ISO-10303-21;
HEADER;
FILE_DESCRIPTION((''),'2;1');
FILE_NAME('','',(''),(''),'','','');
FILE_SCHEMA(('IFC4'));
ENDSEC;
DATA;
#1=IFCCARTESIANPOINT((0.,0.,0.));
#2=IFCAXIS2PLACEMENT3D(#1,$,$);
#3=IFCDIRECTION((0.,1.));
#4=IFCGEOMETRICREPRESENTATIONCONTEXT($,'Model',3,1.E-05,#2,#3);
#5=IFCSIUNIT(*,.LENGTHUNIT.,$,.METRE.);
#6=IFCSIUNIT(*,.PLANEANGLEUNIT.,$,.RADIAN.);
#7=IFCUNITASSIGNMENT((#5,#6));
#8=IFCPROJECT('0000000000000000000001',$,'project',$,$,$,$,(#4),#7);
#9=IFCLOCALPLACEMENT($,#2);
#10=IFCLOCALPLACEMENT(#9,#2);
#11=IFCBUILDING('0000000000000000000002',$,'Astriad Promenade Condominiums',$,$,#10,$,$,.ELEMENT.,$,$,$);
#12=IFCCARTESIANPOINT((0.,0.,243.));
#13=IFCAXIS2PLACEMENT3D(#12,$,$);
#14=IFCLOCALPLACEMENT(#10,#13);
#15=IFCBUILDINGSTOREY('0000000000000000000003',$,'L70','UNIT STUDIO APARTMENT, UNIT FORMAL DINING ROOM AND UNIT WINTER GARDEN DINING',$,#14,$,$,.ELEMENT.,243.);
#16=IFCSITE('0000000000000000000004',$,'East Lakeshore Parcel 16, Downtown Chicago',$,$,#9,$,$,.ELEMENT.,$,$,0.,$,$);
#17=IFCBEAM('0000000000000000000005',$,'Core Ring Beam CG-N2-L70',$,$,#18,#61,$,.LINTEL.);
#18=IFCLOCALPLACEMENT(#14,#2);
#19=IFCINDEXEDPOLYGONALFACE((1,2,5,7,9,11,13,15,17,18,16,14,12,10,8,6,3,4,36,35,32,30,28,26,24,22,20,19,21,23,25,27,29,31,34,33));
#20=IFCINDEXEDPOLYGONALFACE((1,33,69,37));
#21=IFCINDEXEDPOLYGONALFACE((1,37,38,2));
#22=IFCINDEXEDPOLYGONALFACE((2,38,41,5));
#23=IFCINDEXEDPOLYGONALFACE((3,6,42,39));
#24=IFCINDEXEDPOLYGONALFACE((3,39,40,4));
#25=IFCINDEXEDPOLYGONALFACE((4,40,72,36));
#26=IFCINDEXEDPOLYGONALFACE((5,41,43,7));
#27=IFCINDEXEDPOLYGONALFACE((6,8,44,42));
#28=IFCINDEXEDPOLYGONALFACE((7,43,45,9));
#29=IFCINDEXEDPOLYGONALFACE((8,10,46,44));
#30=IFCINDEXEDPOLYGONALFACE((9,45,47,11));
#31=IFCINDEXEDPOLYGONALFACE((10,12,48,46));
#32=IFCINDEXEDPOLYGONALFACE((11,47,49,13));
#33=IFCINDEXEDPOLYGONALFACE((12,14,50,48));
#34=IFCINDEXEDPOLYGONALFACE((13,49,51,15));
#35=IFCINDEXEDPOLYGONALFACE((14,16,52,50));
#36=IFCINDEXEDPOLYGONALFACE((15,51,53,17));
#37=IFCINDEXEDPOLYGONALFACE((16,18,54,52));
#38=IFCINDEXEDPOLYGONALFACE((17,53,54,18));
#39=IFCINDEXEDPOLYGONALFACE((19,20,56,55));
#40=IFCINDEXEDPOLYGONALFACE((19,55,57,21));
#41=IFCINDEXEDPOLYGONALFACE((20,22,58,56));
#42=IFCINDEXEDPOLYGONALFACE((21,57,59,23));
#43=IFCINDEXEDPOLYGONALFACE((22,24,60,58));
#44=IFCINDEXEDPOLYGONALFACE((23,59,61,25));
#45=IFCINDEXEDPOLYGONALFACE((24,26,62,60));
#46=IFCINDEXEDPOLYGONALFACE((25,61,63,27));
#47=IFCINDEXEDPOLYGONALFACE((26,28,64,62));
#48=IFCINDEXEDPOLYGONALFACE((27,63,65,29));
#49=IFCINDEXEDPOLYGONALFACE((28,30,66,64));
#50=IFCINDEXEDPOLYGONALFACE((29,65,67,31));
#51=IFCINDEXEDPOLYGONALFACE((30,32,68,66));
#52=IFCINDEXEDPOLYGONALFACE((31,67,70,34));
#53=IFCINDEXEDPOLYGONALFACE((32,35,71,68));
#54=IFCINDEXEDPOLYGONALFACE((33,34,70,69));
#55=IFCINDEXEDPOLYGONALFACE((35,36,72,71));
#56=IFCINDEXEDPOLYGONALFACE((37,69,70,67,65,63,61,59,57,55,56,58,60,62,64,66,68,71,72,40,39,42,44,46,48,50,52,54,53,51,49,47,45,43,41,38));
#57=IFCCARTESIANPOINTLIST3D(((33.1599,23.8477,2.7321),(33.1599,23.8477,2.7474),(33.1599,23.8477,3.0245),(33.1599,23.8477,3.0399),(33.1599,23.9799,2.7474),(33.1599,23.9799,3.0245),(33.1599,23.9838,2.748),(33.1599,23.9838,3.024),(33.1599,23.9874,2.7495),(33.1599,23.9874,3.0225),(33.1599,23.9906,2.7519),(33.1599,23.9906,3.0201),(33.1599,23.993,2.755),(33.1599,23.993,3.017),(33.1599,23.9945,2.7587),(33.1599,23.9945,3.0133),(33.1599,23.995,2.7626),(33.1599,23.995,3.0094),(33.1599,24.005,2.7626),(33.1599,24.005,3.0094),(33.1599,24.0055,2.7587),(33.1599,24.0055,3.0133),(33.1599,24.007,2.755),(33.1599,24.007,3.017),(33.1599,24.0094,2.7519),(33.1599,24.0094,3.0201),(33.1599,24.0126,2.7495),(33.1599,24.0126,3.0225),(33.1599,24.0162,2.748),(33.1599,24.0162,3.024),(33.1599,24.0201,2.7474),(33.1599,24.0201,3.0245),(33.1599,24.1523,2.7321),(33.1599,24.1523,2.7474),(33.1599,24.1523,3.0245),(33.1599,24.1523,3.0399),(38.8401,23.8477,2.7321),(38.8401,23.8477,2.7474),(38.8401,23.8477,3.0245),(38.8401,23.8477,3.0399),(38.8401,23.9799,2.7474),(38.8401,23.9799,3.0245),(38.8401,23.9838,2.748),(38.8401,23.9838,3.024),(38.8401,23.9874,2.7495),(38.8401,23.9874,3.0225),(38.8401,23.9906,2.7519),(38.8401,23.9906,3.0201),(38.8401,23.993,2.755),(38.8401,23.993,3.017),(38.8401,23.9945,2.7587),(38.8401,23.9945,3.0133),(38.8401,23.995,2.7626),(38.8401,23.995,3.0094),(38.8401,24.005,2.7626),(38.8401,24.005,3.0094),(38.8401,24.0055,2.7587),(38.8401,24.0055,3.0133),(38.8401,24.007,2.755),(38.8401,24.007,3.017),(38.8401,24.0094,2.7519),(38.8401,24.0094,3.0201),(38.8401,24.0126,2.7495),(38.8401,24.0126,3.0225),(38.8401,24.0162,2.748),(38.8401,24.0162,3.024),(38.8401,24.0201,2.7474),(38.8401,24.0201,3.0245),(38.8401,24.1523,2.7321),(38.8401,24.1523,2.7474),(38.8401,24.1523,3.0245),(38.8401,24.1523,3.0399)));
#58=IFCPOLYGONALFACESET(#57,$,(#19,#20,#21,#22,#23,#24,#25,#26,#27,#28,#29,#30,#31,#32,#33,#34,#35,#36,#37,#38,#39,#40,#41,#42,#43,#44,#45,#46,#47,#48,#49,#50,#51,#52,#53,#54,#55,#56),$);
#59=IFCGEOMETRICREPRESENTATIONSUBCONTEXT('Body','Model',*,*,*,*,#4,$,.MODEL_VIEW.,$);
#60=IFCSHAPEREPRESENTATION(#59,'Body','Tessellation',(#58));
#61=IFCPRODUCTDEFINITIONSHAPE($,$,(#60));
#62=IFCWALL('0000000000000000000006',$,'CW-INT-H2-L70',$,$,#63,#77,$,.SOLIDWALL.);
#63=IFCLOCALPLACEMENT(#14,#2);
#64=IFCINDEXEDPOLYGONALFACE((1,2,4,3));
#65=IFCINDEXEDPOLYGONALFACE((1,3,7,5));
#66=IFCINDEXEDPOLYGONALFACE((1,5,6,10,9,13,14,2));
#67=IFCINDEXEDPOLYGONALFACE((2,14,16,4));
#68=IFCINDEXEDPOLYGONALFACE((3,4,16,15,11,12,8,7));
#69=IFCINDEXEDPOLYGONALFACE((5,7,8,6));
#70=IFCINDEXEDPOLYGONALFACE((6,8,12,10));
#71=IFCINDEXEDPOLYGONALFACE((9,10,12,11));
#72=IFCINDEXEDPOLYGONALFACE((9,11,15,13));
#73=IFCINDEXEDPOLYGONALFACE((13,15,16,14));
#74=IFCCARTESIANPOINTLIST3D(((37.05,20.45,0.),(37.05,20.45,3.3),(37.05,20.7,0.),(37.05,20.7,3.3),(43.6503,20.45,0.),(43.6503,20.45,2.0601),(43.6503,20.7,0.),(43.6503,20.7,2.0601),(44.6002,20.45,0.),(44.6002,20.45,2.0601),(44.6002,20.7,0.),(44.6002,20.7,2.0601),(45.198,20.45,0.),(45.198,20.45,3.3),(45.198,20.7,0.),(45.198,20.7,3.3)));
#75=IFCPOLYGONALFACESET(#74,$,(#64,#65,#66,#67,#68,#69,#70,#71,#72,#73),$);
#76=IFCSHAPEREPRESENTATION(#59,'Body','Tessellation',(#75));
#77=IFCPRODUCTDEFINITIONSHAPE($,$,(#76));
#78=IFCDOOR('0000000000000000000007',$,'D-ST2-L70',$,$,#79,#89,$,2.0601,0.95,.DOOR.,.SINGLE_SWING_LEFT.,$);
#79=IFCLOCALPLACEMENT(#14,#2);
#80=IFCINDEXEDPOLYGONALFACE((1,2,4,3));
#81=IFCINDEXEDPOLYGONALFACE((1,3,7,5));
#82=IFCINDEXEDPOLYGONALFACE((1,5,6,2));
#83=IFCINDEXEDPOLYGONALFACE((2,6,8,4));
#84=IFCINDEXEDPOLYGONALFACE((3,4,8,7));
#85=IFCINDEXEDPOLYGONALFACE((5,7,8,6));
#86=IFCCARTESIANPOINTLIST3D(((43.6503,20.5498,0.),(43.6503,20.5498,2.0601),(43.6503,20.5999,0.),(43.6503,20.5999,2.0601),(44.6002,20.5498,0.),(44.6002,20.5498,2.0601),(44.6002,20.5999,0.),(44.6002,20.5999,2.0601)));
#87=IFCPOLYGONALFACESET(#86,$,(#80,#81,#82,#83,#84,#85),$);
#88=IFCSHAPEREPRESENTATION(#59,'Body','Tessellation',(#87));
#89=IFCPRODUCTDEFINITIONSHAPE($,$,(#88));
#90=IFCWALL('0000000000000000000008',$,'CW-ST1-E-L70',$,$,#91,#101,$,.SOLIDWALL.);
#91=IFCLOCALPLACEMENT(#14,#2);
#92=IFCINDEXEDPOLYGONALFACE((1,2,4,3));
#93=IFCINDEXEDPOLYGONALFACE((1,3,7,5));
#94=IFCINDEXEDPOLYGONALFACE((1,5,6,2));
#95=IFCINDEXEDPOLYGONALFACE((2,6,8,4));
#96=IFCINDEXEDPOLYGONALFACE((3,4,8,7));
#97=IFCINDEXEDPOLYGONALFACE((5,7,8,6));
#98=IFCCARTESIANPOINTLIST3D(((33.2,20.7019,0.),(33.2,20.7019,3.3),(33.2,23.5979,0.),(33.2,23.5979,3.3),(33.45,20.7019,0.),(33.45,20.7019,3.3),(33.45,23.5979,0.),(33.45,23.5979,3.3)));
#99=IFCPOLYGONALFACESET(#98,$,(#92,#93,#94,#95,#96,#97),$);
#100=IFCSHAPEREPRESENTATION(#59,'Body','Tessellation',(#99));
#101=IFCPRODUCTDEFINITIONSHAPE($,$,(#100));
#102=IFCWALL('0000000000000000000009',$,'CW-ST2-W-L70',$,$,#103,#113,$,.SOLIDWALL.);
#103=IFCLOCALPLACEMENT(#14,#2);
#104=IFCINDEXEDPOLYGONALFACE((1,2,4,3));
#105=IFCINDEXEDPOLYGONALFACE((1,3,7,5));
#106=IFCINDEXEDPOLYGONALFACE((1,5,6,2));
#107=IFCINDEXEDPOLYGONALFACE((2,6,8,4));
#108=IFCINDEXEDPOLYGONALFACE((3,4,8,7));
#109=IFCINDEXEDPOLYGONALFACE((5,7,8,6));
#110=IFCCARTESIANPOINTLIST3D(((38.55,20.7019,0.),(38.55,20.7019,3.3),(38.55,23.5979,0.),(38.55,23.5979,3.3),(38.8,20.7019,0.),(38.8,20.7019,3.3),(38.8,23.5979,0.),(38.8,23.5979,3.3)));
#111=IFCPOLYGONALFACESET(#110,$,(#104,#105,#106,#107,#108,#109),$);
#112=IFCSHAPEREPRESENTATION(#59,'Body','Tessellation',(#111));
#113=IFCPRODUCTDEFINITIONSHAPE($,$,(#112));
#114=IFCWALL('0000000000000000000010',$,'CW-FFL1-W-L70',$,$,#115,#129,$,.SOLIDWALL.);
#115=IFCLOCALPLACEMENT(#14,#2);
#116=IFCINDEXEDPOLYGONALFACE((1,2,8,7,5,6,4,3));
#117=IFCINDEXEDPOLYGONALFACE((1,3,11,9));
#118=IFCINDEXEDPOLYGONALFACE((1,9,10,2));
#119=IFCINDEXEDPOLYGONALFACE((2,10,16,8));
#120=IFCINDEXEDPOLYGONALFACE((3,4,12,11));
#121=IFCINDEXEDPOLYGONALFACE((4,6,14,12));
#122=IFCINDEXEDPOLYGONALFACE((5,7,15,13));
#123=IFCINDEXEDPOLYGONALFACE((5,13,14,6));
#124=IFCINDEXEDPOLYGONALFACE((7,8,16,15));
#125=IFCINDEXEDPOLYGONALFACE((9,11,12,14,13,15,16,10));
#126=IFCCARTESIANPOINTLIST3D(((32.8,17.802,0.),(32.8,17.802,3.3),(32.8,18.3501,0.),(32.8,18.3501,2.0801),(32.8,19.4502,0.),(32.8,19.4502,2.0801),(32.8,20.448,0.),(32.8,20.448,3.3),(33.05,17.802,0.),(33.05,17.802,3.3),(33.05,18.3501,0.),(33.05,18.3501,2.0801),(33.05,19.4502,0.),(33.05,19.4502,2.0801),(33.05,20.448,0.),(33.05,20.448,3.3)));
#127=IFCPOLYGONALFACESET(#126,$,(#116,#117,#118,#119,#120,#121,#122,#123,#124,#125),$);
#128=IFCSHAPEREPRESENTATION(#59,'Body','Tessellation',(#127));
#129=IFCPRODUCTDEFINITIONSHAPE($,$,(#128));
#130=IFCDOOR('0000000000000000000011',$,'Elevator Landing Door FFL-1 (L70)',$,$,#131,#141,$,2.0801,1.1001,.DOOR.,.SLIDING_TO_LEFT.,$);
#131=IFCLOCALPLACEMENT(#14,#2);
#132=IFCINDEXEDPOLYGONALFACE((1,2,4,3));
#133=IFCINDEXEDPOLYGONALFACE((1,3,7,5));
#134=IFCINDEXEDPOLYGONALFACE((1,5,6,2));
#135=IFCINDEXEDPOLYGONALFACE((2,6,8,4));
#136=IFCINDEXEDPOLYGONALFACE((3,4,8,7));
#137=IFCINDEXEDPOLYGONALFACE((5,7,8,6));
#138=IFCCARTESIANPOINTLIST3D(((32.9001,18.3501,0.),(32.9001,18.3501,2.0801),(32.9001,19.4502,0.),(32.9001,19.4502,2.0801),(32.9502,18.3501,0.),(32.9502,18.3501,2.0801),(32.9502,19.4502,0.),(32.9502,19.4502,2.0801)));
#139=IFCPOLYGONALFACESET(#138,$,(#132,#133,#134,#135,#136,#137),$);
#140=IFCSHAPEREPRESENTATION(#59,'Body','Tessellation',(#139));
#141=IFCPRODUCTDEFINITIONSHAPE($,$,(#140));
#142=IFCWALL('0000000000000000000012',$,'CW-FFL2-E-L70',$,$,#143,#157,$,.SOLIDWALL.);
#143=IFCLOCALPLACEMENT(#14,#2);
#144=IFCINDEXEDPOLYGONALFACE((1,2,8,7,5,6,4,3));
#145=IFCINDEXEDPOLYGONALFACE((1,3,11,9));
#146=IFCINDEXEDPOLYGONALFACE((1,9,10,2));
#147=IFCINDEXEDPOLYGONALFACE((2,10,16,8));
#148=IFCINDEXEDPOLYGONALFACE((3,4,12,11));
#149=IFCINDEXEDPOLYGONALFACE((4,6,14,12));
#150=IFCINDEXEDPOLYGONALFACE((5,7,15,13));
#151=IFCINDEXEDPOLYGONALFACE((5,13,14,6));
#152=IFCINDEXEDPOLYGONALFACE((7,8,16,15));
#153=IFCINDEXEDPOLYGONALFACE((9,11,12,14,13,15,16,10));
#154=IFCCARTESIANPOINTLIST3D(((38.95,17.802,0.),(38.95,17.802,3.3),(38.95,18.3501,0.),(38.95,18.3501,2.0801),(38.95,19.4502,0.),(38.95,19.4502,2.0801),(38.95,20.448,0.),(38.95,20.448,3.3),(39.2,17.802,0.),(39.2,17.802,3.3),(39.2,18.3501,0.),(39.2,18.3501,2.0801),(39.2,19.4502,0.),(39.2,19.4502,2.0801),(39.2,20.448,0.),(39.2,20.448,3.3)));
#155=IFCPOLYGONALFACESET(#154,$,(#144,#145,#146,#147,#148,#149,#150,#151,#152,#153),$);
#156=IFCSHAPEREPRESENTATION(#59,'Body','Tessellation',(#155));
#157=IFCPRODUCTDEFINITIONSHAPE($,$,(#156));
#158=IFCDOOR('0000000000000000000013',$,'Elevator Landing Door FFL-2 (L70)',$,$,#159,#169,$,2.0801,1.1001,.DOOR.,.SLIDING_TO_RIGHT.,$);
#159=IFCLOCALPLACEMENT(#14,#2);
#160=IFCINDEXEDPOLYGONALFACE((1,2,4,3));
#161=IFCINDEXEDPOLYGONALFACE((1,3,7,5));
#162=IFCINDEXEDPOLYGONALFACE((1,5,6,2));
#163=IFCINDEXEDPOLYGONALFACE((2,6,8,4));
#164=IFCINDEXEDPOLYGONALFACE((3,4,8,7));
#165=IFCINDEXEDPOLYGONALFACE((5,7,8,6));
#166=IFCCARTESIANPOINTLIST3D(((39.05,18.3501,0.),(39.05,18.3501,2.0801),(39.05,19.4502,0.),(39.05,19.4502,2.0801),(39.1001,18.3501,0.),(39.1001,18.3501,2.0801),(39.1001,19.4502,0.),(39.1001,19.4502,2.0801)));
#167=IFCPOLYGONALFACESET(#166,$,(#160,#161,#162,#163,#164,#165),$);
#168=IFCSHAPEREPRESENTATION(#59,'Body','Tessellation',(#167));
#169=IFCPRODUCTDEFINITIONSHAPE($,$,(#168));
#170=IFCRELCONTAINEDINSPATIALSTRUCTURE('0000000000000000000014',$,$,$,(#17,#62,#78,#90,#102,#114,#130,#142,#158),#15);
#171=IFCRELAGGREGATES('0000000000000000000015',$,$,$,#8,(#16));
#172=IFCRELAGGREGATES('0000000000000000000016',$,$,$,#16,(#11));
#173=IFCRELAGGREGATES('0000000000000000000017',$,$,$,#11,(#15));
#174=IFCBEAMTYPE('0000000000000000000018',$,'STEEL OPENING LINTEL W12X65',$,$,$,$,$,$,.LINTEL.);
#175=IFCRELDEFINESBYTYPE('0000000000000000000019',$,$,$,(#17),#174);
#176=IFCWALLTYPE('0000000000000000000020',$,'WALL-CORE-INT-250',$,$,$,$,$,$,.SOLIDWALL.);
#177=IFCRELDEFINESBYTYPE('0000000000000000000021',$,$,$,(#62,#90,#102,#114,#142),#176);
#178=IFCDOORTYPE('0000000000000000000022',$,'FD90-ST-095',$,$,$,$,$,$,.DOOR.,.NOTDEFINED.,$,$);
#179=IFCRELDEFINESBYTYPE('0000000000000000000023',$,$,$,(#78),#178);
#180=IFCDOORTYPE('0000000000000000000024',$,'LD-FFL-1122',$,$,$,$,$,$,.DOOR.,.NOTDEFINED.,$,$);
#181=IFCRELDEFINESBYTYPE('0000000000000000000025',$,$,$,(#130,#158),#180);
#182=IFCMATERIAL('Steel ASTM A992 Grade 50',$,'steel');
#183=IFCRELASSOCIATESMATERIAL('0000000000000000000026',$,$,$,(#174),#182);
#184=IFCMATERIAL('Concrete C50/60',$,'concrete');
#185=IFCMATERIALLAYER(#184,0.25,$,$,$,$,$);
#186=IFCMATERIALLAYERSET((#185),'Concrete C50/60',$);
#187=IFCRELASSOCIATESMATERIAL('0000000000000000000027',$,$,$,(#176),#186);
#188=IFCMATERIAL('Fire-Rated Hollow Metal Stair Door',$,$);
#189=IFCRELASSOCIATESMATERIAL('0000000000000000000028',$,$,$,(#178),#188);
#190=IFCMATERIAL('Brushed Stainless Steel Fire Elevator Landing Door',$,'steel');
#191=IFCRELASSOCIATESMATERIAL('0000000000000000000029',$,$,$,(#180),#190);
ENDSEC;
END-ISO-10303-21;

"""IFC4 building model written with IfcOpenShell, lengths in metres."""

from ifc_helpers import new_model, si_unit, direction, frame, frame_2d, origin, origin_2d, place, context, subcontext, project, spatial, rectangle, i_section, extrude, source, transform, mapped, material, layer, layer_set, material_profile, profile_set, type_object, type_shapes, element, fill, save


model = new_model("IFC4")

# Units and contexts
model_context = context("Model", 3, precision=1e-05, world=origin(), true_north=direction((0.0, 1.0)))
body_context = subcontext(model_context, "Body", "Model", "MODEL_VIEW")
ifc_project = project(units=[si_unit("LENGTHUNIT", "METRE"), si_unit("PLANEANGLEUNIT", "RADIAN")], contexts=[model_context])

# Site, building, storey
site_placement = place(None, origin())
site = spatial("IfcSite", under=ifc_project, at=site_placement, Name="East Lakeshore Parcel 16, Downtown Chicago", CompositionType="ELEMENT", RefElevation=0.0)
building_placement = place(site_placement, origin())
building = spatial("IfcBuilding", under=site, at=building_placement, Name="Astriad Promenade Condominiums", CompositionType="ELEMENT")
storey_placement = place(building_placement, frame((0.0, 0.0, 243.0)))
storey = spatial("IfcBuildingStorey", under=building, at=storey_placement, Name="L70", Description="UNIT STUDIO APARTMENT, UNIT FORMAL DINING ROOM AND UNIT WINTER GARDEN DINING", CompositionType="ELEMENT", Elevation=243.0)

# Shared definitions
ifc_material_1 = material(Name="Steel ASTM A992 Grade 50", Category="steel")

# Beam
ifc_material_profile_1 = material_profile(ifc_material_1, i_section(OverallWidth=0.3047, OverallDepth=0.3079, WebThickness=0.01, FlangeThickness=0.0154, FilletRadius=0.0151, at=origin_2d()), Name="W12X65")
ifc_profile_set_1 = profile_set([ifc_material_profile_1], Name="Steel ASTM A992 Grade 50")
beam_type_1 = type_object("IfcBeamType", Name="STEEL OPENING LINTEL W12X65", PredefinedType="LINTEL", material=ifc_profile_set_1)
shared_shape_1 = source(origin(), body_context, "Body", "SweptSolid", [
    extrude(i_section(OverallWidth=0.3047, OverallDepth=0.3079, WebThickness=0.01, FlangeThickness=0.0154, FilletRadius=0.0151, at=origin_2d()), origin(), (0.0, 0.0, 1.0), 5.6802),
])
type_shapes(beam_type_1, [shared_shape_1])
beam_1_placement = place(storey_placement, frame((33.1599, 24.0, 2.886), z_axis=(1.0, 0.0, 0.0), x_axis=(0.0, 1.0, 0.0)))
element("IfcBeam", 1, at=beam_1_placement, inside=storey, type_object=beam_type_1, Name="Core Ring Beam CG-N2-L70", PredefinedType="LINTEL", context=body_context, shape_type="MappedRepresentation", body=[
    mapped(shared_shape_1, transform((0.0, 0.0, 0.0), scale=1.0)),
])

# Wall, opening, door
ifc_material_2 = material(Name="Concrete C50/60", Category="concrete")
ifc_layer_1 = layer(ifc_material_2, 0.25)
ifc_layer_set_1 = layer_set([ifc_layer_1], Name="Concrete C50/60")
wall_type_1 = type_object("IfcWallType", Name="WALL-CORE-INT-250", PredefinedType="SOLIDWALL", material=ifc_layer_set_1)
wall_1_placement = place(storey_placement, frame((37.05, 20.575, 0.0), z_axis=(0.0, 0.0, 1.0), x_axis=(1.0, 0.0, 0.0)))
wall_1 = element("IfcWall", 2, at=wall_1_placement, inside=storey, type_object=wall_type_1, Name="CW-INT-H2-L70", PredefinedType="SOLIDWALL", context=body_context, shape_type="SweptSolid", body=[
    extrude(rectangle(XDim=8.1479, YDim=0.25, at=frame_2d((4.074, 0.0))), origin(), (0.0, 0.0, 1.0), 3.3),
])
opening_1_placement = place(wall_1_placement, frame((6.6001, 0.0, 0.0)))
opening_1 = element("IfcOpeningElement", 3, at=opening_1_placement, cuts=wall_1, PredefinedType="OPENING", context=body_context, shape_type="SweptSolid", body=[
    extrude(rectangle(XDim=0.95, YDim=2.0601, at=frame_2d((0.4751, 1.03))), frame((0.0, 0.135, 0.0), z_axis=(0.0, -1.0, 0.0), x_axis=(1.0, 0.0, 0.0)), (0.0, 0.0, 1.0), 0.27),
])
ifc_material_3 = material(Name="Fire-Rated Hollow Metal Stair Door")
door_type_1 = type_object("IfcDoorType", Name="FD90-ST-095", OperationType="NOTDEFINED", PredefinedType="DOOR", material=ifc_material_3)
shared_shape_2 = source(origin(), body_context, "Body", "SweptSolid", [
    extrude(rectangle(XDim=0.95, YDim=2.0601, at=frame_2d((0.4751, 1.03))), frame((0.0, 0.0249, 0.0), z_axis=(0.0, -1.0, 0.0), x_axis=(1.0, 0.0, 0.0)), (0.0, 0.0, 1.0), 0.05),
])
type_shapes(door_type_1, [shared_shape_2])
door_1_placement = place(opening_1_placement, origin())
door_1 = element("IfcDoor", 4, at=door_1_placement, inside=storey, type_object=door_type_1, Name="D-ST2-L70", OperationType="SINGLE_SWING_LEFT", OverallHeight=2.0601, OverallWidth=0.95, PredefinedType="DOOR", context=body_context, shape_type="MappedRepresentation", body=[
    mapped(shared_shape_2, transform((0.0, 0.0, 0.0), scale=1.0)),
])
fill(opening_1, door_1)

# Walls
for number, where, z_axis, x_axis, name in (
    (5, (33.325, 20.7019, 0.0), (0.0, 0.0, 1.0), (0.0, 1.0, 0.0), "CW-ST1-E-L70"),
    (6, (38.675, 20.7019, 0.0), (0.0, 0.0, 1.0), (0.0, 1.0, 0.0), "CW-ST2-W-L70"),
):
    element("IfcWall", number, at=place(storey_placement, frame(where, z_axis=z_axis, x_axis=x_axis)), inside=storey, type_object=wall_type_1, Name=name, PredefinedType="SOLIDWALL", context=body_context, shape_type="SweptSolid", body=[
        extrude(rectangle(XDim=2.896, YDim=0.25, at=frame_2d((1.448, 0.0))), origin(), (0.0, 0.0, 1.0), 3.3),
    ])

# Walls, openings, doors
wall_2_placement = place(storey_placement, frame((32.925, 17.802, 0.0), z_axis=(0.0, 0.0, 1.0), x_axis=(0.0, 1.0, 0.0)))
wall_2 = element("IfcWall", 7, at=wall_2_placement, inside=storey, type_object=wall_type_1, Name="CW-FFL1-W-L70", PredefinedType="SOLIDWALL", context=body_context, shape_type="SweptSolid", body=[
    extrude(rectangle(XDim=2.646, YDim=0.25, at=frame_2d((1.323, 0.0))), origin(), (0.0, 0.0, 1.0), 3.3),
])
opening_2_placement = place(wall_2_placement, frame((0.5481, 0.0, 0.0)))
opening_2 = element("IfcOpeningElement", 8, at=opening_2_placement, cuts=wall_2, PredefinedType="OPENING", context=body_context, shape_type="SweptSolid", body=[
    extrude(rectangle(XDim=1.1001, YDim=2.0801, at=frame_2d((0.55, 1.04))), frame((0.0, 0.135, 0.0), z_axis=(0.0, -1.0, 0.0), x_axis=(1.0, 0.0, 0.0)), (0.0, 0.0, 1.0), 0.27),
])
ifc_material_4 = material(Name="Brushed Stainless Steel Fire Elevator Landing Door", Category="steel")
door_type_2 = type_object("IfcDoorType", Name="LD-FFL-1122", OperationType="NOTDEFINED", PredefinedType="DOOR", material=ifc_material_4)
shared_shape_3 = source(origin(), body_context, "Body", "SweptSolid", [
    extrude(rectangle(XDim=1.1001, YDim=2.0801, at=frame_2d((0.55, 1.04))), frame((0.0, 0.0249, 0.0), z_axis=(0.0, -1.0, 0.0), x_axis=(1.0, 0.0, 0.0)), (0.0, 0.0, 1.0), 0.05),
])
type_shapes(door_type_2, [shared_shape_3])
door_2_placement = place(opening_2_placement, origin())
door_2 = element("IfcDoor", 9, at=door_2_placement, inside=storey, type_object=door_type_2, Name="Elevator Landing Door FFL-1 (L70)", OperationType="SLIDING_TO_LEFT", OverallHeight=2.0801, OverallWidth=1.1001, PredefinedType="DOOR", context=body_context, shape_type="MappedRepresentation", body=[
    mapped(shared_shape_3, transform((0.0, 0.0, 0.0), scale=1.0)),
])
fill(opening_2, door_2)
wall_3_placement = place(storey_placement, frame((39.075, 17.802, 0.0), z_axis=(0.0, 0.0, 1.0), x_axis=(0.0, 1.0, 0.0)))
wall_3 = element("IfcWall", 10, at=wall_3_placement, inside=storey, type_object=wall_type_1, Name="CW-FFL2-E-L70", PredefinedType="SOLIDWALL", context=body_context, shape_type="SweptSolid", body=[
    extrude(rectangle(XDim=2.646, YDim=0.25, at=frame_2d((1.323, 0.0))), origin(), (0.0, 0.0, 1.0), 3.3),
])
opening_3_placement = place(wall_3_placement, frame((0.5481, 0.0, 0.0)))
opening_3 = element("IfcOpeningElement", 11, at=opening_3_placement, cuts=wall_3, PredefinedType="OPENING", context=body_context, shape_type="SweptSolid", body=[
    extrude(rectangle(XDim=1.1001, YDim=2.0801, at=frame_2d((0.55, 1.04))), frame((0.0, 0.135, 0.0), z_axis=(0.0, -1.0, 0.0), x_axis=(1.0, 0.0, 0.0)), (0.0, 0.0, 1.0), 0.27),
])
door_3_placement = place(opening_3_placement, origin())
door_3 = element("IfcDoor", 12, at=door_3_placement, inside=storey, type_object=door_type_2, Name="Elevator Landing Door FFL-2 (L70)", OperationType="SLIDING_TO_RIGHT", OverallHeight=2.0801, OverallWidth=1.1001, PredefinedType="DOOR", context=body_context, shape_type="MappedRepresentation", body=[
    mapped(shared_shape_3, transform((0.0, 0.0, 0.0), scale=1.0)),
])
fill(opening_3, door_3)

save(model, "model.ifc")
